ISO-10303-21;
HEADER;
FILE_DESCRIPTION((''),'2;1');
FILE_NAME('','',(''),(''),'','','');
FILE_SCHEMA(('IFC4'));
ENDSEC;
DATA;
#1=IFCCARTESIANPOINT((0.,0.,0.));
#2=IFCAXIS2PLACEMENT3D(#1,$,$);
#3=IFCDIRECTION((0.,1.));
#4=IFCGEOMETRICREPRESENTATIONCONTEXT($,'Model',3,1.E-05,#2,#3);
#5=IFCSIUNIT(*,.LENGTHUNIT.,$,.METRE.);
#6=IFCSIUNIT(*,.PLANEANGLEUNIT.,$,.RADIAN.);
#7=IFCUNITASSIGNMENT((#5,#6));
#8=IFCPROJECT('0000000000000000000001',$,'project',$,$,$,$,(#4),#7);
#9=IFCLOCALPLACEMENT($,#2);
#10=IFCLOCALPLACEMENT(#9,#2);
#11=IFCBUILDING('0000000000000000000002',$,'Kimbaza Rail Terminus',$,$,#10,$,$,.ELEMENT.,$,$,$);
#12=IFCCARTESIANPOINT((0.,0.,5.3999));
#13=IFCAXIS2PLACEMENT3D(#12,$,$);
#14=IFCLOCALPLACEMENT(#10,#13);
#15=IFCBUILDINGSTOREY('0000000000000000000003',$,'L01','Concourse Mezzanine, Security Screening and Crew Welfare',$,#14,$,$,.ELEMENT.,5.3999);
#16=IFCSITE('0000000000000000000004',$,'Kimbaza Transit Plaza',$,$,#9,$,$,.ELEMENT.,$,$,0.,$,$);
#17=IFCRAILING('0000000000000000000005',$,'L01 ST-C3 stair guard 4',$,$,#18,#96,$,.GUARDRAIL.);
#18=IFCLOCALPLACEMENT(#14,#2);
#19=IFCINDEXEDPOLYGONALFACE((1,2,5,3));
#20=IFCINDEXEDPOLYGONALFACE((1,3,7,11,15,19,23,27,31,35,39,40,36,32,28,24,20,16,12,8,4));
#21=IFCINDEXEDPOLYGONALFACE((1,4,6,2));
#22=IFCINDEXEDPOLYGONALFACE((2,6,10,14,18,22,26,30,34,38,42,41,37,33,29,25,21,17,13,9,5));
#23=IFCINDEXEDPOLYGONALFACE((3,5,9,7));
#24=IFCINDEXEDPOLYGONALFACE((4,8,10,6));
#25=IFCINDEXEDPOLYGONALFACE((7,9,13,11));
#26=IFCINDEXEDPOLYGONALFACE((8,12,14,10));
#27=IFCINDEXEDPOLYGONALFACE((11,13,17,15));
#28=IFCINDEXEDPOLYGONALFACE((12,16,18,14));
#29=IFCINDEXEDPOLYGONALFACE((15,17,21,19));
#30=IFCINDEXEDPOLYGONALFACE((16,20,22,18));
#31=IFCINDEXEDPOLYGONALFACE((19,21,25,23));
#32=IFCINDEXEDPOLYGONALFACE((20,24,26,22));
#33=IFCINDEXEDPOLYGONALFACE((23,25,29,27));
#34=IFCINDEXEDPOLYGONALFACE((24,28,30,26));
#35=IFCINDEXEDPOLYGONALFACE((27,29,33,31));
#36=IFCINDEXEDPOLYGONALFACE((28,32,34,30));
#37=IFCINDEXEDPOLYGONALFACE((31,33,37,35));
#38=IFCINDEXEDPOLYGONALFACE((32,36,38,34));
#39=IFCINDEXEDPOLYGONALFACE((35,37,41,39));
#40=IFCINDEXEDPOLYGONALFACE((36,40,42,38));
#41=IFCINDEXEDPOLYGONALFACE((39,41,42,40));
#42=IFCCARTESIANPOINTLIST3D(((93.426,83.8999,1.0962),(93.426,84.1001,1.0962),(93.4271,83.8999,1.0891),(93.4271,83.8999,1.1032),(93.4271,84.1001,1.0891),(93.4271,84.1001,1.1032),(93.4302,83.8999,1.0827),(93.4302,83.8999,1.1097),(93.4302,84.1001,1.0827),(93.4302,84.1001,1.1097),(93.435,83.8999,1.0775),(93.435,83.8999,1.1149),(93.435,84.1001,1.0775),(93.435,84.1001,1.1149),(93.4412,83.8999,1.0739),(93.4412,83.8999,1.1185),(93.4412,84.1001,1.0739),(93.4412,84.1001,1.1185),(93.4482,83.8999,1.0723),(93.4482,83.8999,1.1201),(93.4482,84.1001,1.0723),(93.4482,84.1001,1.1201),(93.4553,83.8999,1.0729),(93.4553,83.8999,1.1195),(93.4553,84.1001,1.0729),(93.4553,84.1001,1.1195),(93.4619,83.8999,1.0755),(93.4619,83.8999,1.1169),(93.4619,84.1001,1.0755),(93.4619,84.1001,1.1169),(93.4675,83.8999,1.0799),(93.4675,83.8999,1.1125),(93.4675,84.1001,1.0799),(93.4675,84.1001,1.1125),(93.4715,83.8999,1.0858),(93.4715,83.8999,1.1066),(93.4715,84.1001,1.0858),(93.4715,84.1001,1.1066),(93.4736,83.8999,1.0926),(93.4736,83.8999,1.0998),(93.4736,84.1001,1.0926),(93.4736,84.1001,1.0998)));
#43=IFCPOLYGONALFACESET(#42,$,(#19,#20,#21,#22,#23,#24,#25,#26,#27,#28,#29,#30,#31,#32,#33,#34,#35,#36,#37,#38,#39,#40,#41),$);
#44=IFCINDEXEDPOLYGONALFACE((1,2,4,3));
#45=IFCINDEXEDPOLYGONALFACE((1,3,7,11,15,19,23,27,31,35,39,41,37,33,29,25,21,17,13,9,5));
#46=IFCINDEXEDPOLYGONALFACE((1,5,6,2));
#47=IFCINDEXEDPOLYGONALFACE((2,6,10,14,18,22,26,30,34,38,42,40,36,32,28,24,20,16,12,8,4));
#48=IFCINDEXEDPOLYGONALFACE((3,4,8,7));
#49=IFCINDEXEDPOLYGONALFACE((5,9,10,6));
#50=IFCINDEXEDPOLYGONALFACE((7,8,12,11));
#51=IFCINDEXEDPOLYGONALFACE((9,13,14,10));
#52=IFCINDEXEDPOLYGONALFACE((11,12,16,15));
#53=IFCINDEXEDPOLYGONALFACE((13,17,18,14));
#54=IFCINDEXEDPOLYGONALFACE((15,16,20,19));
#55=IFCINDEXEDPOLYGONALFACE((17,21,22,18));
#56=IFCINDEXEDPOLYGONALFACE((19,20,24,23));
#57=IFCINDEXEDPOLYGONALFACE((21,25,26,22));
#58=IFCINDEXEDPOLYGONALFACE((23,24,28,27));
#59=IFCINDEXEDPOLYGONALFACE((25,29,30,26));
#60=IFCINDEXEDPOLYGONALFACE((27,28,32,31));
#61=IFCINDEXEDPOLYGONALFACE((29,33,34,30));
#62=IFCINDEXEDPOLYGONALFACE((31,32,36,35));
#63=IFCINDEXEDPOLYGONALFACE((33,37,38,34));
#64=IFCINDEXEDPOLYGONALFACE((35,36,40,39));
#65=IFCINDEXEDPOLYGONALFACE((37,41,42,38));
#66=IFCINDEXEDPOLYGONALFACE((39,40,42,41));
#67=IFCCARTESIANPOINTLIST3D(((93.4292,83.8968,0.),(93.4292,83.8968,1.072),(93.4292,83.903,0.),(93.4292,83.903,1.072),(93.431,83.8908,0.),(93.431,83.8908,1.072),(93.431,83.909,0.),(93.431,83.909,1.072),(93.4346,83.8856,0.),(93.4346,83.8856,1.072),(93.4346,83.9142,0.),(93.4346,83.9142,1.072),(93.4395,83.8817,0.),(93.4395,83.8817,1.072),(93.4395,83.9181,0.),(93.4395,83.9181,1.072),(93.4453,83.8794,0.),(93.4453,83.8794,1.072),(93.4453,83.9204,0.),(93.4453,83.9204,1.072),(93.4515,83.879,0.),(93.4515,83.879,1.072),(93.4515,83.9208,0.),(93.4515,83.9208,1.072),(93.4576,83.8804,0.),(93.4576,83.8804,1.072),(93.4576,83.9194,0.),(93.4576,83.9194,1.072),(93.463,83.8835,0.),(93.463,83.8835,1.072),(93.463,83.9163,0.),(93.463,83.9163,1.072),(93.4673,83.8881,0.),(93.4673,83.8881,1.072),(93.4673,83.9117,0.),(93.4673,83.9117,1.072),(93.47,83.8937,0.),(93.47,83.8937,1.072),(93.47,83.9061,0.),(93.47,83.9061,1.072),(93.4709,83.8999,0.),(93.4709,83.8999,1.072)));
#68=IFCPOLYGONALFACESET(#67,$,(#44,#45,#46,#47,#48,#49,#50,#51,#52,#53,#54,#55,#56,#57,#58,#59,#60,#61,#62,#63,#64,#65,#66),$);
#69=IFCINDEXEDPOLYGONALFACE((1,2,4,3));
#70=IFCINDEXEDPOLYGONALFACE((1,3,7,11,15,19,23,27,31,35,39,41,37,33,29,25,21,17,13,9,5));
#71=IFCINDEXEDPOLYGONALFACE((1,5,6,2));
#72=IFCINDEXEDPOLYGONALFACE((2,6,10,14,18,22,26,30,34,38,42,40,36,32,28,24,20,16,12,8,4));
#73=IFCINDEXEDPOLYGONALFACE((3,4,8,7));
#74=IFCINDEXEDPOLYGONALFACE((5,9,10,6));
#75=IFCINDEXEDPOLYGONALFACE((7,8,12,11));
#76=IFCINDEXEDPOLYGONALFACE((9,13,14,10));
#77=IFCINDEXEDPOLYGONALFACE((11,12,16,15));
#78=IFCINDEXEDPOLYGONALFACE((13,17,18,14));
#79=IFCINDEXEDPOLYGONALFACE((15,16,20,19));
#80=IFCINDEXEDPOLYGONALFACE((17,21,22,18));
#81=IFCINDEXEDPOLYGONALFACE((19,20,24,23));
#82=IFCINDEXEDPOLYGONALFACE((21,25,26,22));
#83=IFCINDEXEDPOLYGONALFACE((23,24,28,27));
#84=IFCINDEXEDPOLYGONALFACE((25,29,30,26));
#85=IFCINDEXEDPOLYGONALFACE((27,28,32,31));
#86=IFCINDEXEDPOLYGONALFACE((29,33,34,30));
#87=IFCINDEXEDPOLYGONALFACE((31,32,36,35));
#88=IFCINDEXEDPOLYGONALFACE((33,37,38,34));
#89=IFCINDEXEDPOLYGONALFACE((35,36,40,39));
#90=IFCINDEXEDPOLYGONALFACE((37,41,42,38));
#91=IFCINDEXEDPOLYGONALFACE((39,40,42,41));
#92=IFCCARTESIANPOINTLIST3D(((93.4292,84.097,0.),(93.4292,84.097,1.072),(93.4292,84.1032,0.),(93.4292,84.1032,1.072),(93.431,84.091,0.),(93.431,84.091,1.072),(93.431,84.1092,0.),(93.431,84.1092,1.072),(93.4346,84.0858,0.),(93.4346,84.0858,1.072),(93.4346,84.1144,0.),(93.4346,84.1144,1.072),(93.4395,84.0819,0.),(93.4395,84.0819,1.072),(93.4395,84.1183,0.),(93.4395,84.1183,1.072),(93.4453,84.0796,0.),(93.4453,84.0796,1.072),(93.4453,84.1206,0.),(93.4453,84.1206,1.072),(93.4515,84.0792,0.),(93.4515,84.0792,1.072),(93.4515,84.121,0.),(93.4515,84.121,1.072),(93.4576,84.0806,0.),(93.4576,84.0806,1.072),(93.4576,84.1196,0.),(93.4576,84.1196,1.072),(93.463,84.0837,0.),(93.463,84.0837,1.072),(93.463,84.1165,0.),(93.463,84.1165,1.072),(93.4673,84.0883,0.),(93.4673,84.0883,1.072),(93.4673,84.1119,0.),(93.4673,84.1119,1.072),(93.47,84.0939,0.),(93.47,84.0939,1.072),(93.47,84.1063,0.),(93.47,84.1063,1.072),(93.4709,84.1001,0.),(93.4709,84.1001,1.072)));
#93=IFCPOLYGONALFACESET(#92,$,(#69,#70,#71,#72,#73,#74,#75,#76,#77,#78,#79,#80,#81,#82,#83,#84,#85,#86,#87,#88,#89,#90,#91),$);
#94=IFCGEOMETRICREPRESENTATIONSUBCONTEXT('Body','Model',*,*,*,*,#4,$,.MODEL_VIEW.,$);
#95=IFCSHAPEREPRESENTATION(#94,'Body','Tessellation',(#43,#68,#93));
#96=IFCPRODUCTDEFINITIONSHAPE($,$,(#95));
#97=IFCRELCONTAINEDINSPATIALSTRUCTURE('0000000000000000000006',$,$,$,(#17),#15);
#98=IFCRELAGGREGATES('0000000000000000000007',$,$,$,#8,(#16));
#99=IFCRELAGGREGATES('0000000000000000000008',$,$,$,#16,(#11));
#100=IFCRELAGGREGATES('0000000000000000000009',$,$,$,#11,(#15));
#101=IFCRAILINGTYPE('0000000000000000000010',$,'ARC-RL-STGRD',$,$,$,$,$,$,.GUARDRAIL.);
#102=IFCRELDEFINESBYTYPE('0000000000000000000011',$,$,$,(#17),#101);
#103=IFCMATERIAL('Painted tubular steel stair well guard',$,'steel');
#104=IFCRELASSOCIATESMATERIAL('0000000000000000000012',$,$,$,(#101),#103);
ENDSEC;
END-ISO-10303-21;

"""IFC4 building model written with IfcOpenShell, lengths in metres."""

from ifc_helpers import new_model, si_unit, direction, frame, origin, origin_2d, place, context, subcontext, project, spatial, circle, extrude, material, type_object, element, save


model = new_model("IFC4")

# Units and contexts
model_context = context("Model", 3, precision=1e-05, world=origin(), true_north=direction((0.0, 1.0)))
body_context = subcontext(model_context, "Body", "Model", "MODEL_VIEW")
ifc_project = project(units=[si_unit("LENGTHUNIT", "METRE"), si_unit("PLANEANGLEUNIT", "RADIAN")], contexts=[model_context])

# Site, building, storey
site_placement = place(None, origin())
site = spatial("IfcSite", under=ifc_project, at=site_placement, Name="Kimbaza Transit Plaza", CompositionType="ELEMENT", RefElevation=0.0)
building_placement = place(site_placement, origin())
building = spatial("IfcBuilding", under=site, at=building_placement, Name="Kimbaza Rail Terminus", CompositionType="ELEMENT")
storey_placement = place(building_placement, frame((0.0, 0.0, 5.3999)))
storey = spatial("IfcBuildingStorey", under=building, at=storey_placement, Name="L01", Description="Concourse Mezzanine, Security Screening and Crew Welfare", CompositionType="ELEMENT", Elevation=5.3999)

# Railing
ifc_material_1 = material(Name="Painted tubular steel stair well guard", Category="steel")
railing_type_1 = type_object("IfcRailingType", Name="ARC-RL-STGRD", PredefinedType="GUARDRAIL", material=ifc_material_1)
railing_1_placement = place(storey_placement, frame((93.45, 83.8999, 0.0)))
element("IfcRailing", 1, at=railing_1_placement, inside=storey, type_object=railing_type_1, Name="L01 ST-C3 stair guard 4", PredefinedType="GUARDRAIL", context=body_context, shape_type="SweptSolid", body=[
    extrude(circle(Radius=0.0239, at=origin_2d()), frame((0.0, 0.0, 1.0962), z_axis=(0.0, 1.0, 0.0), x_axis=(-1.0, 0.0, 0.0)), (0.0, 0.0, 1.0), 0.2002),
    extrude(circle(Radius=0.021, at=origin_2d()), origin(), (0.0, 0.0, 1.0), 1.072),
    extrude(circle(Radius=0.021, at=origin_2d()), frame((0.0, 0.2002, 0.0)), (0.0, 0.0, 1.0), 1.072),
])

save(model, "model.ifc")
